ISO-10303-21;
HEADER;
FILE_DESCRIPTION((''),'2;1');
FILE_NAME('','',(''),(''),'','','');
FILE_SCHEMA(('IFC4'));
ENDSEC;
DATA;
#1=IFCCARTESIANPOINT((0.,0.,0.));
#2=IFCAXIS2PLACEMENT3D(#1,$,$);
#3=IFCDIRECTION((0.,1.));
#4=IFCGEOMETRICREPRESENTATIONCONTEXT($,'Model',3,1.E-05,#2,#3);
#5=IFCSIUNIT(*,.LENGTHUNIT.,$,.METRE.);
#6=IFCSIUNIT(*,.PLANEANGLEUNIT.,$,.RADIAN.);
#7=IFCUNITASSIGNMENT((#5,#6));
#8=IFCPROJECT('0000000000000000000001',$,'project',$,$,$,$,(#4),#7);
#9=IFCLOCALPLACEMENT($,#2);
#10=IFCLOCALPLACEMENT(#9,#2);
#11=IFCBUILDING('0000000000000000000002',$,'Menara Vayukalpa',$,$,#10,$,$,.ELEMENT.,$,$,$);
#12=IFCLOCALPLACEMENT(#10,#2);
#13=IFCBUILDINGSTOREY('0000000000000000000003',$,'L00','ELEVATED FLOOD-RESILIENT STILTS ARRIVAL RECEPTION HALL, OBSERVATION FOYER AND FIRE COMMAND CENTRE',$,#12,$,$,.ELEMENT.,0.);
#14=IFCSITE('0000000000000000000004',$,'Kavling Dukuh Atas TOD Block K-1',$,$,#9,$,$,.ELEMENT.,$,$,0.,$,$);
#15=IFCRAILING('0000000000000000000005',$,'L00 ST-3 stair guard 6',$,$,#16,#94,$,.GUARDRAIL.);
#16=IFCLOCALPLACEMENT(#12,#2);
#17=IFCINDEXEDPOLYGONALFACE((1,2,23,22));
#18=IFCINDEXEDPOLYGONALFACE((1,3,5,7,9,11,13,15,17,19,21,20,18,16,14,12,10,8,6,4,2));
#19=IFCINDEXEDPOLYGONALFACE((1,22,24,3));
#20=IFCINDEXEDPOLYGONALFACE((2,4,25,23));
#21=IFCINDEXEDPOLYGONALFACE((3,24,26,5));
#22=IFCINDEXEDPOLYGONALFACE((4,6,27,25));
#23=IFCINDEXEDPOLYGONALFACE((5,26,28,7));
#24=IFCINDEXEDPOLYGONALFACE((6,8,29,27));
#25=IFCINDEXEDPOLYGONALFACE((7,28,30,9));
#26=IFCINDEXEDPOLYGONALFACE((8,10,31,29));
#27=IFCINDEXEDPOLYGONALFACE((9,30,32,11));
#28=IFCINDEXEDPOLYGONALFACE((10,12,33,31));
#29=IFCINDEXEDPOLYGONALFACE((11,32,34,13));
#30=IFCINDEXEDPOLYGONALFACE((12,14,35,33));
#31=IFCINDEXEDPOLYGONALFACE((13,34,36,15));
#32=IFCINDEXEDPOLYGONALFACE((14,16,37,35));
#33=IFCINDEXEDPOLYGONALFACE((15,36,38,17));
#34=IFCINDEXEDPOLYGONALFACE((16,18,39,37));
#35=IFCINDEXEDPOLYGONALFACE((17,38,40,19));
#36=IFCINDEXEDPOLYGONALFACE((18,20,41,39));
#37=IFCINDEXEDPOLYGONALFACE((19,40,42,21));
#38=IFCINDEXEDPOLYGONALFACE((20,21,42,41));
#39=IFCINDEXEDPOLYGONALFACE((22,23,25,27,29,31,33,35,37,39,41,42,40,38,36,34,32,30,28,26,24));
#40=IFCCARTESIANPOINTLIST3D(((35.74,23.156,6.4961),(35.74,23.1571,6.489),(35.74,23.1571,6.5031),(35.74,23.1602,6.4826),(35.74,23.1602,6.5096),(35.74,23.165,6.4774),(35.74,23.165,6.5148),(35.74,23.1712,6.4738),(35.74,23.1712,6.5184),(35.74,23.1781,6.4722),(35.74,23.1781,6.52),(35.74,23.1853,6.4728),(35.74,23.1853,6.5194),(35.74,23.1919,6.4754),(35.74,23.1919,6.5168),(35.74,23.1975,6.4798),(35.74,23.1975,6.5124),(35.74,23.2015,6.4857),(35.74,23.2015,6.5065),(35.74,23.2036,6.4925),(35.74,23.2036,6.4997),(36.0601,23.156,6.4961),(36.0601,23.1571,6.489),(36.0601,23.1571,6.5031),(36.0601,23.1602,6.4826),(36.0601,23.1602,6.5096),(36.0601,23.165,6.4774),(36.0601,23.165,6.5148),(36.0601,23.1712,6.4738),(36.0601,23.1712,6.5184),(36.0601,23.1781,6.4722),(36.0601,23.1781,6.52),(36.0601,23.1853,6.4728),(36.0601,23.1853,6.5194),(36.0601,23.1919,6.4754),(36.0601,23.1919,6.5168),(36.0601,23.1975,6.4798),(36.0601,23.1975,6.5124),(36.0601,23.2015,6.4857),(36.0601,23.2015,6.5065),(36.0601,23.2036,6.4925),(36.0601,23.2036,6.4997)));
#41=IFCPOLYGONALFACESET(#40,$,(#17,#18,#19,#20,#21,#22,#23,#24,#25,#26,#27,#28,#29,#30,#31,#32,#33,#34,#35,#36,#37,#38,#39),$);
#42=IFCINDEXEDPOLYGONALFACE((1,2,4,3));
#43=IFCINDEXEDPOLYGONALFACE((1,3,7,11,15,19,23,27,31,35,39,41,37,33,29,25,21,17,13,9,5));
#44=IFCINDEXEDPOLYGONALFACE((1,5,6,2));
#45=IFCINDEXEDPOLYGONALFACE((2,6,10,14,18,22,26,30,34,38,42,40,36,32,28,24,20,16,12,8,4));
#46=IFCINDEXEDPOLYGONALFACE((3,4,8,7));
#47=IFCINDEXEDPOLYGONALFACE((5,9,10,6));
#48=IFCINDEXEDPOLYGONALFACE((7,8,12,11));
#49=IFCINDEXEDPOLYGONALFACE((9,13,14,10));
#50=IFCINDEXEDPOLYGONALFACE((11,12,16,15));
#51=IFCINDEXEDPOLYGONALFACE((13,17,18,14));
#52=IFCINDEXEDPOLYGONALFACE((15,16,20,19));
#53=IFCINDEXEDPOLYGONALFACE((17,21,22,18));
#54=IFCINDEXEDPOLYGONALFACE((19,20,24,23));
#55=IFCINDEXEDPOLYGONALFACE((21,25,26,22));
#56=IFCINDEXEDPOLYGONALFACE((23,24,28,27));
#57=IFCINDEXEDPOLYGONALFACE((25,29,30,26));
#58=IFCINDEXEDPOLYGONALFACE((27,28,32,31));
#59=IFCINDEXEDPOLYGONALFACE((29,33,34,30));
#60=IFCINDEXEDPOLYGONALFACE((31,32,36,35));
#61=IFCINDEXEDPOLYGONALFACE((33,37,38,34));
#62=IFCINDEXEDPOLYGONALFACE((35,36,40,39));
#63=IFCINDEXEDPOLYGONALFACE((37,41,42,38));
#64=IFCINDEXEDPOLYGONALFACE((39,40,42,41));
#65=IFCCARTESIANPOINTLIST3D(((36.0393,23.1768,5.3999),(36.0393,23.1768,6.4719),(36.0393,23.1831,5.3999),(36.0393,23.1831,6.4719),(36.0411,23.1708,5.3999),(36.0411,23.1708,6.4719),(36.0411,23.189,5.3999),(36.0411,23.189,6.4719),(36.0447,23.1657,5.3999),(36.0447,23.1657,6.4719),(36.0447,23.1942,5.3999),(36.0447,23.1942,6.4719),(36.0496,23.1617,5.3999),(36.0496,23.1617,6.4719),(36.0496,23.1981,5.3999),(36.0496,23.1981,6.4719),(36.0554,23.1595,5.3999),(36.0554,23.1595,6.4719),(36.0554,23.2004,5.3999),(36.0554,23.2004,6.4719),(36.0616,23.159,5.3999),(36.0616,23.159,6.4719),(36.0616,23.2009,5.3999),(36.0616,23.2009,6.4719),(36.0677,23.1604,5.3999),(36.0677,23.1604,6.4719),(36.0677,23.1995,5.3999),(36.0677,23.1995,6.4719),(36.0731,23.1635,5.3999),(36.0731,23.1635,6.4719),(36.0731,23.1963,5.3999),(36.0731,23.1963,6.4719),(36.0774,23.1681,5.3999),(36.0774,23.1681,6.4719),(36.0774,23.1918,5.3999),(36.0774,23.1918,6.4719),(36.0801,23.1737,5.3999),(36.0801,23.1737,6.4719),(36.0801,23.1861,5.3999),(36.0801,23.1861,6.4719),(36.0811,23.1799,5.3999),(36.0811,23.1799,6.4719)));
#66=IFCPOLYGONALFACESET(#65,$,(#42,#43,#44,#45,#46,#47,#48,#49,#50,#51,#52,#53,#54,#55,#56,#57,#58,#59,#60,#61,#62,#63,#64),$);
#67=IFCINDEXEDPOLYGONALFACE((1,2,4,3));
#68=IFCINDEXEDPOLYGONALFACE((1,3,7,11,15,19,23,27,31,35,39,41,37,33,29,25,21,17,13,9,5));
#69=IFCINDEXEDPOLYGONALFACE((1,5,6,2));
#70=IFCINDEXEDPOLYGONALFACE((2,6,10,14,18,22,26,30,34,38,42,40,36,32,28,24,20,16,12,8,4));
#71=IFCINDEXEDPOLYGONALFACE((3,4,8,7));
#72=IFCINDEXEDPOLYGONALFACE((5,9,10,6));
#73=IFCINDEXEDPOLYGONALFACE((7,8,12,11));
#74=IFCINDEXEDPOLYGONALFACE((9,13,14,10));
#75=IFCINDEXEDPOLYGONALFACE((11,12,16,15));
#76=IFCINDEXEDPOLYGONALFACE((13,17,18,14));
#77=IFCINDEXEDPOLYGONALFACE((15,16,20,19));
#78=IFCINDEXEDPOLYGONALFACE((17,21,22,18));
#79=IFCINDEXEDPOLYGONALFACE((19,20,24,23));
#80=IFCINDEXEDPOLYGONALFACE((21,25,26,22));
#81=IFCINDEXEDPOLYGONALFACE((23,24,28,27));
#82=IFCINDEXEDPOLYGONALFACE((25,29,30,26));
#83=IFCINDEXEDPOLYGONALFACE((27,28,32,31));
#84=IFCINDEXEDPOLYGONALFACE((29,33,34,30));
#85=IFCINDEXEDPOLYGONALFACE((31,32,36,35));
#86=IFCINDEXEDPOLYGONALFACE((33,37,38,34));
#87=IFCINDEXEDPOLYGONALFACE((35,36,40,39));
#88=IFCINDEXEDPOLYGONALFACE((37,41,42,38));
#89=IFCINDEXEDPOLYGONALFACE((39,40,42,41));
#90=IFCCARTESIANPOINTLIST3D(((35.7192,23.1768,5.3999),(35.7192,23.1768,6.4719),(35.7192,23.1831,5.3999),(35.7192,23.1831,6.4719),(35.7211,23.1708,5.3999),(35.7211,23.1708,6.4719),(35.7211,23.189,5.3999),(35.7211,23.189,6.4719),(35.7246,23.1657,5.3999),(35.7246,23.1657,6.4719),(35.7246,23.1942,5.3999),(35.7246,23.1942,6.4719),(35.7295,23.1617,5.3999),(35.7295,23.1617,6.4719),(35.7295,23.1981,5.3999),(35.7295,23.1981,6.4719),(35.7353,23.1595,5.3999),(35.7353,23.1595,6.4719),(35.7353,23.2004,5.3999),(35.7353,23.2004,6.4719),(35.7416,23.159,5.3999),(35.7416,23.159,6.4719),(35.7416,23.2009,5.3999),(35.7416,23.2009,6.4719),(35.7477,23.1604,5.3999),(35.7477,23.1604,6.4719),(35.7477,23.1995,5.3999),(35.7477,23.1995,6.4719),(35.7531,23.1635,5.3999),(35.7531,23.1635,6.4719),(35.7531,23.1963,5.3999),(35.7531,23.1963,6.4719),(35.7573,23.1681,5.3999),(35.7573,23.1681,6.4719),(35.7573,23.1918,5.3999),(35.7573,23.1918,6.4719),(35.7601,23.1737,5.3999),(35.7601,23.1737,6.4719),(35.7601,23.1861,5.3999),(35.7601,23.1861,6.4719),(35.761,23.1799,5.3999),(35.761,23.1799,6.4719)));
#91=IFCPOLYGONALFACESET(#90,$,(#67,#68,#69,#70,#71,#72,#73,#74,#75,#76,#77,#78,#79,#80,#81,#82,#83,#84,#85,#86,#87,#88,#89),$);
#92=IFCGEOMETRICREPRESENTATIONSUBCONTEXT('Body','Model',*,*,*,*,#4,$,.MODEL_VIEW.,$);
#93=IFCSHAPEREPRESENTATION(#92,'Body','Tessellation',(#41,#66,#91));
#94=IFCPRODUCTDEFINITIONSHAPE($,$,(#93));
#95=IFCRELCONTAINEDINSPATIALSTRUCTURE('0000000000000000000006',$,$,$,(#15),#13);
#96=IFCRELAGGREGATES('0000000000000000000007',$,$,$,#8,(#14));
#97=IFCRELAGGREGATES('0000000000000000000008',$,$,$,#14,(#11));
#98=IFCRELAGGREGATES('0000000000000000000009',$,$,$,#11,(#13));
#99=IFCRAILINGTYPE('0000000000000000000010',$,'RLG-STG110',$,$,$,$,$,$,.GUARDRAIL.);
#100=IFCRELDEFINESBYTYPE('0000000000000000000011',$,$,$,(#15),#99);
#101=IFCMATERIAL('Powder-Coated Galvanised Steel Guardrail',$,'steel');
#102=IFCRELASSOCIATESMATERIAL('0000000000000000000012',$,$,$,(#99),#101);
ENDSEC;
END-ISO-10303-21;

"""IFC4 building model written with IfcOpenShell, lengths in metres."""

from ifc_helpers import new_model, si_unit, direction, frame, origin, origin_2d, place, context, subcontext, project, spatial, circle, extrude, material, type_object, element, save


model = new_model("IFC4")

# Units and contexts
model_context = context("Model", 3, precision=1e-05, world=origin(), true_north=direction((0.0, 1.0)))
body_context = subcontext(model_context, "Body", "Model", "MODEL_VIEW")
ifc_project = project(units=[si_unit("LENGTHUNIT", "METRE"), si_unit("PLANEANGLEUNIT", "RADIAN")], contexts=[model_context])

# Site, building, storey
site_placement = place(None, origin())
site = spatial("IfcSite", under=ifc_project, at=site_placement, Name="Kavling Dukuh Atas TOD Block K-1", CompositionType="ELEMENT", RefElevation=0.0)
building_placement = place(site_placement, origin())
building = spatial("IfcBuilding", under=site, at=building_placement, Name="Menara Vayukalpa", CompositionType="ELEMENT")
storey_placement = place(building_placement, origin())
storey = spatial("IfcBuildingStorey", under=building, at=storey_placement, Name="L00", Description="ELEVATED FLOOD-RESILIENT STILTS ARRIVAL RECEPTION HALL, OBSERVATION FOYER AND FIRE COMMAND CENTRE", CompositionType="ELEMENT", Elevation=0.0)

# Railing
ifc_material_1 = material(Name="Powder-Coated Galvanised Steel Guardrail", Category="steel")
railing_type_1 = type_object("IfcRailingType", Name="RLG-STG110", PredefinedType="GUARDRAIL", material=ifc_material_1)
railing_1_placement = place(storey_placement, frame((36.0601, 23.1799, 5.3999)))
element("IfcRailing", 1, at=railing_1_placement, inside=storey, type_object=railing_type_1, Name="L00 ST-3 stair guard 6", PredefinedType="GUARDRAIL", context=body_context, shape_type="SweptSolid", body=[
    extrude(circle(Radius=0.0239, at=origin_2d()), frame((0.0, 0.0, 1.0962), z_axis=(-1.0, 0.0, 0.0), x_axis=(0.0, -1.0, 0.0)), (0.0, 0.0, 1.0), 0.3201),
    extrude(circle(Radius=0.021, at=origin_2d()), origin(), (0.0, 0.0, 1.0), 1.072),
    extrude(circle(Radius=0.021, at=origin_2d()), frame((-0.3201, 0.0, 0.0)), (0.0, 0.0, 1.0), 1.072),
])

save(model, "model.ifc")
